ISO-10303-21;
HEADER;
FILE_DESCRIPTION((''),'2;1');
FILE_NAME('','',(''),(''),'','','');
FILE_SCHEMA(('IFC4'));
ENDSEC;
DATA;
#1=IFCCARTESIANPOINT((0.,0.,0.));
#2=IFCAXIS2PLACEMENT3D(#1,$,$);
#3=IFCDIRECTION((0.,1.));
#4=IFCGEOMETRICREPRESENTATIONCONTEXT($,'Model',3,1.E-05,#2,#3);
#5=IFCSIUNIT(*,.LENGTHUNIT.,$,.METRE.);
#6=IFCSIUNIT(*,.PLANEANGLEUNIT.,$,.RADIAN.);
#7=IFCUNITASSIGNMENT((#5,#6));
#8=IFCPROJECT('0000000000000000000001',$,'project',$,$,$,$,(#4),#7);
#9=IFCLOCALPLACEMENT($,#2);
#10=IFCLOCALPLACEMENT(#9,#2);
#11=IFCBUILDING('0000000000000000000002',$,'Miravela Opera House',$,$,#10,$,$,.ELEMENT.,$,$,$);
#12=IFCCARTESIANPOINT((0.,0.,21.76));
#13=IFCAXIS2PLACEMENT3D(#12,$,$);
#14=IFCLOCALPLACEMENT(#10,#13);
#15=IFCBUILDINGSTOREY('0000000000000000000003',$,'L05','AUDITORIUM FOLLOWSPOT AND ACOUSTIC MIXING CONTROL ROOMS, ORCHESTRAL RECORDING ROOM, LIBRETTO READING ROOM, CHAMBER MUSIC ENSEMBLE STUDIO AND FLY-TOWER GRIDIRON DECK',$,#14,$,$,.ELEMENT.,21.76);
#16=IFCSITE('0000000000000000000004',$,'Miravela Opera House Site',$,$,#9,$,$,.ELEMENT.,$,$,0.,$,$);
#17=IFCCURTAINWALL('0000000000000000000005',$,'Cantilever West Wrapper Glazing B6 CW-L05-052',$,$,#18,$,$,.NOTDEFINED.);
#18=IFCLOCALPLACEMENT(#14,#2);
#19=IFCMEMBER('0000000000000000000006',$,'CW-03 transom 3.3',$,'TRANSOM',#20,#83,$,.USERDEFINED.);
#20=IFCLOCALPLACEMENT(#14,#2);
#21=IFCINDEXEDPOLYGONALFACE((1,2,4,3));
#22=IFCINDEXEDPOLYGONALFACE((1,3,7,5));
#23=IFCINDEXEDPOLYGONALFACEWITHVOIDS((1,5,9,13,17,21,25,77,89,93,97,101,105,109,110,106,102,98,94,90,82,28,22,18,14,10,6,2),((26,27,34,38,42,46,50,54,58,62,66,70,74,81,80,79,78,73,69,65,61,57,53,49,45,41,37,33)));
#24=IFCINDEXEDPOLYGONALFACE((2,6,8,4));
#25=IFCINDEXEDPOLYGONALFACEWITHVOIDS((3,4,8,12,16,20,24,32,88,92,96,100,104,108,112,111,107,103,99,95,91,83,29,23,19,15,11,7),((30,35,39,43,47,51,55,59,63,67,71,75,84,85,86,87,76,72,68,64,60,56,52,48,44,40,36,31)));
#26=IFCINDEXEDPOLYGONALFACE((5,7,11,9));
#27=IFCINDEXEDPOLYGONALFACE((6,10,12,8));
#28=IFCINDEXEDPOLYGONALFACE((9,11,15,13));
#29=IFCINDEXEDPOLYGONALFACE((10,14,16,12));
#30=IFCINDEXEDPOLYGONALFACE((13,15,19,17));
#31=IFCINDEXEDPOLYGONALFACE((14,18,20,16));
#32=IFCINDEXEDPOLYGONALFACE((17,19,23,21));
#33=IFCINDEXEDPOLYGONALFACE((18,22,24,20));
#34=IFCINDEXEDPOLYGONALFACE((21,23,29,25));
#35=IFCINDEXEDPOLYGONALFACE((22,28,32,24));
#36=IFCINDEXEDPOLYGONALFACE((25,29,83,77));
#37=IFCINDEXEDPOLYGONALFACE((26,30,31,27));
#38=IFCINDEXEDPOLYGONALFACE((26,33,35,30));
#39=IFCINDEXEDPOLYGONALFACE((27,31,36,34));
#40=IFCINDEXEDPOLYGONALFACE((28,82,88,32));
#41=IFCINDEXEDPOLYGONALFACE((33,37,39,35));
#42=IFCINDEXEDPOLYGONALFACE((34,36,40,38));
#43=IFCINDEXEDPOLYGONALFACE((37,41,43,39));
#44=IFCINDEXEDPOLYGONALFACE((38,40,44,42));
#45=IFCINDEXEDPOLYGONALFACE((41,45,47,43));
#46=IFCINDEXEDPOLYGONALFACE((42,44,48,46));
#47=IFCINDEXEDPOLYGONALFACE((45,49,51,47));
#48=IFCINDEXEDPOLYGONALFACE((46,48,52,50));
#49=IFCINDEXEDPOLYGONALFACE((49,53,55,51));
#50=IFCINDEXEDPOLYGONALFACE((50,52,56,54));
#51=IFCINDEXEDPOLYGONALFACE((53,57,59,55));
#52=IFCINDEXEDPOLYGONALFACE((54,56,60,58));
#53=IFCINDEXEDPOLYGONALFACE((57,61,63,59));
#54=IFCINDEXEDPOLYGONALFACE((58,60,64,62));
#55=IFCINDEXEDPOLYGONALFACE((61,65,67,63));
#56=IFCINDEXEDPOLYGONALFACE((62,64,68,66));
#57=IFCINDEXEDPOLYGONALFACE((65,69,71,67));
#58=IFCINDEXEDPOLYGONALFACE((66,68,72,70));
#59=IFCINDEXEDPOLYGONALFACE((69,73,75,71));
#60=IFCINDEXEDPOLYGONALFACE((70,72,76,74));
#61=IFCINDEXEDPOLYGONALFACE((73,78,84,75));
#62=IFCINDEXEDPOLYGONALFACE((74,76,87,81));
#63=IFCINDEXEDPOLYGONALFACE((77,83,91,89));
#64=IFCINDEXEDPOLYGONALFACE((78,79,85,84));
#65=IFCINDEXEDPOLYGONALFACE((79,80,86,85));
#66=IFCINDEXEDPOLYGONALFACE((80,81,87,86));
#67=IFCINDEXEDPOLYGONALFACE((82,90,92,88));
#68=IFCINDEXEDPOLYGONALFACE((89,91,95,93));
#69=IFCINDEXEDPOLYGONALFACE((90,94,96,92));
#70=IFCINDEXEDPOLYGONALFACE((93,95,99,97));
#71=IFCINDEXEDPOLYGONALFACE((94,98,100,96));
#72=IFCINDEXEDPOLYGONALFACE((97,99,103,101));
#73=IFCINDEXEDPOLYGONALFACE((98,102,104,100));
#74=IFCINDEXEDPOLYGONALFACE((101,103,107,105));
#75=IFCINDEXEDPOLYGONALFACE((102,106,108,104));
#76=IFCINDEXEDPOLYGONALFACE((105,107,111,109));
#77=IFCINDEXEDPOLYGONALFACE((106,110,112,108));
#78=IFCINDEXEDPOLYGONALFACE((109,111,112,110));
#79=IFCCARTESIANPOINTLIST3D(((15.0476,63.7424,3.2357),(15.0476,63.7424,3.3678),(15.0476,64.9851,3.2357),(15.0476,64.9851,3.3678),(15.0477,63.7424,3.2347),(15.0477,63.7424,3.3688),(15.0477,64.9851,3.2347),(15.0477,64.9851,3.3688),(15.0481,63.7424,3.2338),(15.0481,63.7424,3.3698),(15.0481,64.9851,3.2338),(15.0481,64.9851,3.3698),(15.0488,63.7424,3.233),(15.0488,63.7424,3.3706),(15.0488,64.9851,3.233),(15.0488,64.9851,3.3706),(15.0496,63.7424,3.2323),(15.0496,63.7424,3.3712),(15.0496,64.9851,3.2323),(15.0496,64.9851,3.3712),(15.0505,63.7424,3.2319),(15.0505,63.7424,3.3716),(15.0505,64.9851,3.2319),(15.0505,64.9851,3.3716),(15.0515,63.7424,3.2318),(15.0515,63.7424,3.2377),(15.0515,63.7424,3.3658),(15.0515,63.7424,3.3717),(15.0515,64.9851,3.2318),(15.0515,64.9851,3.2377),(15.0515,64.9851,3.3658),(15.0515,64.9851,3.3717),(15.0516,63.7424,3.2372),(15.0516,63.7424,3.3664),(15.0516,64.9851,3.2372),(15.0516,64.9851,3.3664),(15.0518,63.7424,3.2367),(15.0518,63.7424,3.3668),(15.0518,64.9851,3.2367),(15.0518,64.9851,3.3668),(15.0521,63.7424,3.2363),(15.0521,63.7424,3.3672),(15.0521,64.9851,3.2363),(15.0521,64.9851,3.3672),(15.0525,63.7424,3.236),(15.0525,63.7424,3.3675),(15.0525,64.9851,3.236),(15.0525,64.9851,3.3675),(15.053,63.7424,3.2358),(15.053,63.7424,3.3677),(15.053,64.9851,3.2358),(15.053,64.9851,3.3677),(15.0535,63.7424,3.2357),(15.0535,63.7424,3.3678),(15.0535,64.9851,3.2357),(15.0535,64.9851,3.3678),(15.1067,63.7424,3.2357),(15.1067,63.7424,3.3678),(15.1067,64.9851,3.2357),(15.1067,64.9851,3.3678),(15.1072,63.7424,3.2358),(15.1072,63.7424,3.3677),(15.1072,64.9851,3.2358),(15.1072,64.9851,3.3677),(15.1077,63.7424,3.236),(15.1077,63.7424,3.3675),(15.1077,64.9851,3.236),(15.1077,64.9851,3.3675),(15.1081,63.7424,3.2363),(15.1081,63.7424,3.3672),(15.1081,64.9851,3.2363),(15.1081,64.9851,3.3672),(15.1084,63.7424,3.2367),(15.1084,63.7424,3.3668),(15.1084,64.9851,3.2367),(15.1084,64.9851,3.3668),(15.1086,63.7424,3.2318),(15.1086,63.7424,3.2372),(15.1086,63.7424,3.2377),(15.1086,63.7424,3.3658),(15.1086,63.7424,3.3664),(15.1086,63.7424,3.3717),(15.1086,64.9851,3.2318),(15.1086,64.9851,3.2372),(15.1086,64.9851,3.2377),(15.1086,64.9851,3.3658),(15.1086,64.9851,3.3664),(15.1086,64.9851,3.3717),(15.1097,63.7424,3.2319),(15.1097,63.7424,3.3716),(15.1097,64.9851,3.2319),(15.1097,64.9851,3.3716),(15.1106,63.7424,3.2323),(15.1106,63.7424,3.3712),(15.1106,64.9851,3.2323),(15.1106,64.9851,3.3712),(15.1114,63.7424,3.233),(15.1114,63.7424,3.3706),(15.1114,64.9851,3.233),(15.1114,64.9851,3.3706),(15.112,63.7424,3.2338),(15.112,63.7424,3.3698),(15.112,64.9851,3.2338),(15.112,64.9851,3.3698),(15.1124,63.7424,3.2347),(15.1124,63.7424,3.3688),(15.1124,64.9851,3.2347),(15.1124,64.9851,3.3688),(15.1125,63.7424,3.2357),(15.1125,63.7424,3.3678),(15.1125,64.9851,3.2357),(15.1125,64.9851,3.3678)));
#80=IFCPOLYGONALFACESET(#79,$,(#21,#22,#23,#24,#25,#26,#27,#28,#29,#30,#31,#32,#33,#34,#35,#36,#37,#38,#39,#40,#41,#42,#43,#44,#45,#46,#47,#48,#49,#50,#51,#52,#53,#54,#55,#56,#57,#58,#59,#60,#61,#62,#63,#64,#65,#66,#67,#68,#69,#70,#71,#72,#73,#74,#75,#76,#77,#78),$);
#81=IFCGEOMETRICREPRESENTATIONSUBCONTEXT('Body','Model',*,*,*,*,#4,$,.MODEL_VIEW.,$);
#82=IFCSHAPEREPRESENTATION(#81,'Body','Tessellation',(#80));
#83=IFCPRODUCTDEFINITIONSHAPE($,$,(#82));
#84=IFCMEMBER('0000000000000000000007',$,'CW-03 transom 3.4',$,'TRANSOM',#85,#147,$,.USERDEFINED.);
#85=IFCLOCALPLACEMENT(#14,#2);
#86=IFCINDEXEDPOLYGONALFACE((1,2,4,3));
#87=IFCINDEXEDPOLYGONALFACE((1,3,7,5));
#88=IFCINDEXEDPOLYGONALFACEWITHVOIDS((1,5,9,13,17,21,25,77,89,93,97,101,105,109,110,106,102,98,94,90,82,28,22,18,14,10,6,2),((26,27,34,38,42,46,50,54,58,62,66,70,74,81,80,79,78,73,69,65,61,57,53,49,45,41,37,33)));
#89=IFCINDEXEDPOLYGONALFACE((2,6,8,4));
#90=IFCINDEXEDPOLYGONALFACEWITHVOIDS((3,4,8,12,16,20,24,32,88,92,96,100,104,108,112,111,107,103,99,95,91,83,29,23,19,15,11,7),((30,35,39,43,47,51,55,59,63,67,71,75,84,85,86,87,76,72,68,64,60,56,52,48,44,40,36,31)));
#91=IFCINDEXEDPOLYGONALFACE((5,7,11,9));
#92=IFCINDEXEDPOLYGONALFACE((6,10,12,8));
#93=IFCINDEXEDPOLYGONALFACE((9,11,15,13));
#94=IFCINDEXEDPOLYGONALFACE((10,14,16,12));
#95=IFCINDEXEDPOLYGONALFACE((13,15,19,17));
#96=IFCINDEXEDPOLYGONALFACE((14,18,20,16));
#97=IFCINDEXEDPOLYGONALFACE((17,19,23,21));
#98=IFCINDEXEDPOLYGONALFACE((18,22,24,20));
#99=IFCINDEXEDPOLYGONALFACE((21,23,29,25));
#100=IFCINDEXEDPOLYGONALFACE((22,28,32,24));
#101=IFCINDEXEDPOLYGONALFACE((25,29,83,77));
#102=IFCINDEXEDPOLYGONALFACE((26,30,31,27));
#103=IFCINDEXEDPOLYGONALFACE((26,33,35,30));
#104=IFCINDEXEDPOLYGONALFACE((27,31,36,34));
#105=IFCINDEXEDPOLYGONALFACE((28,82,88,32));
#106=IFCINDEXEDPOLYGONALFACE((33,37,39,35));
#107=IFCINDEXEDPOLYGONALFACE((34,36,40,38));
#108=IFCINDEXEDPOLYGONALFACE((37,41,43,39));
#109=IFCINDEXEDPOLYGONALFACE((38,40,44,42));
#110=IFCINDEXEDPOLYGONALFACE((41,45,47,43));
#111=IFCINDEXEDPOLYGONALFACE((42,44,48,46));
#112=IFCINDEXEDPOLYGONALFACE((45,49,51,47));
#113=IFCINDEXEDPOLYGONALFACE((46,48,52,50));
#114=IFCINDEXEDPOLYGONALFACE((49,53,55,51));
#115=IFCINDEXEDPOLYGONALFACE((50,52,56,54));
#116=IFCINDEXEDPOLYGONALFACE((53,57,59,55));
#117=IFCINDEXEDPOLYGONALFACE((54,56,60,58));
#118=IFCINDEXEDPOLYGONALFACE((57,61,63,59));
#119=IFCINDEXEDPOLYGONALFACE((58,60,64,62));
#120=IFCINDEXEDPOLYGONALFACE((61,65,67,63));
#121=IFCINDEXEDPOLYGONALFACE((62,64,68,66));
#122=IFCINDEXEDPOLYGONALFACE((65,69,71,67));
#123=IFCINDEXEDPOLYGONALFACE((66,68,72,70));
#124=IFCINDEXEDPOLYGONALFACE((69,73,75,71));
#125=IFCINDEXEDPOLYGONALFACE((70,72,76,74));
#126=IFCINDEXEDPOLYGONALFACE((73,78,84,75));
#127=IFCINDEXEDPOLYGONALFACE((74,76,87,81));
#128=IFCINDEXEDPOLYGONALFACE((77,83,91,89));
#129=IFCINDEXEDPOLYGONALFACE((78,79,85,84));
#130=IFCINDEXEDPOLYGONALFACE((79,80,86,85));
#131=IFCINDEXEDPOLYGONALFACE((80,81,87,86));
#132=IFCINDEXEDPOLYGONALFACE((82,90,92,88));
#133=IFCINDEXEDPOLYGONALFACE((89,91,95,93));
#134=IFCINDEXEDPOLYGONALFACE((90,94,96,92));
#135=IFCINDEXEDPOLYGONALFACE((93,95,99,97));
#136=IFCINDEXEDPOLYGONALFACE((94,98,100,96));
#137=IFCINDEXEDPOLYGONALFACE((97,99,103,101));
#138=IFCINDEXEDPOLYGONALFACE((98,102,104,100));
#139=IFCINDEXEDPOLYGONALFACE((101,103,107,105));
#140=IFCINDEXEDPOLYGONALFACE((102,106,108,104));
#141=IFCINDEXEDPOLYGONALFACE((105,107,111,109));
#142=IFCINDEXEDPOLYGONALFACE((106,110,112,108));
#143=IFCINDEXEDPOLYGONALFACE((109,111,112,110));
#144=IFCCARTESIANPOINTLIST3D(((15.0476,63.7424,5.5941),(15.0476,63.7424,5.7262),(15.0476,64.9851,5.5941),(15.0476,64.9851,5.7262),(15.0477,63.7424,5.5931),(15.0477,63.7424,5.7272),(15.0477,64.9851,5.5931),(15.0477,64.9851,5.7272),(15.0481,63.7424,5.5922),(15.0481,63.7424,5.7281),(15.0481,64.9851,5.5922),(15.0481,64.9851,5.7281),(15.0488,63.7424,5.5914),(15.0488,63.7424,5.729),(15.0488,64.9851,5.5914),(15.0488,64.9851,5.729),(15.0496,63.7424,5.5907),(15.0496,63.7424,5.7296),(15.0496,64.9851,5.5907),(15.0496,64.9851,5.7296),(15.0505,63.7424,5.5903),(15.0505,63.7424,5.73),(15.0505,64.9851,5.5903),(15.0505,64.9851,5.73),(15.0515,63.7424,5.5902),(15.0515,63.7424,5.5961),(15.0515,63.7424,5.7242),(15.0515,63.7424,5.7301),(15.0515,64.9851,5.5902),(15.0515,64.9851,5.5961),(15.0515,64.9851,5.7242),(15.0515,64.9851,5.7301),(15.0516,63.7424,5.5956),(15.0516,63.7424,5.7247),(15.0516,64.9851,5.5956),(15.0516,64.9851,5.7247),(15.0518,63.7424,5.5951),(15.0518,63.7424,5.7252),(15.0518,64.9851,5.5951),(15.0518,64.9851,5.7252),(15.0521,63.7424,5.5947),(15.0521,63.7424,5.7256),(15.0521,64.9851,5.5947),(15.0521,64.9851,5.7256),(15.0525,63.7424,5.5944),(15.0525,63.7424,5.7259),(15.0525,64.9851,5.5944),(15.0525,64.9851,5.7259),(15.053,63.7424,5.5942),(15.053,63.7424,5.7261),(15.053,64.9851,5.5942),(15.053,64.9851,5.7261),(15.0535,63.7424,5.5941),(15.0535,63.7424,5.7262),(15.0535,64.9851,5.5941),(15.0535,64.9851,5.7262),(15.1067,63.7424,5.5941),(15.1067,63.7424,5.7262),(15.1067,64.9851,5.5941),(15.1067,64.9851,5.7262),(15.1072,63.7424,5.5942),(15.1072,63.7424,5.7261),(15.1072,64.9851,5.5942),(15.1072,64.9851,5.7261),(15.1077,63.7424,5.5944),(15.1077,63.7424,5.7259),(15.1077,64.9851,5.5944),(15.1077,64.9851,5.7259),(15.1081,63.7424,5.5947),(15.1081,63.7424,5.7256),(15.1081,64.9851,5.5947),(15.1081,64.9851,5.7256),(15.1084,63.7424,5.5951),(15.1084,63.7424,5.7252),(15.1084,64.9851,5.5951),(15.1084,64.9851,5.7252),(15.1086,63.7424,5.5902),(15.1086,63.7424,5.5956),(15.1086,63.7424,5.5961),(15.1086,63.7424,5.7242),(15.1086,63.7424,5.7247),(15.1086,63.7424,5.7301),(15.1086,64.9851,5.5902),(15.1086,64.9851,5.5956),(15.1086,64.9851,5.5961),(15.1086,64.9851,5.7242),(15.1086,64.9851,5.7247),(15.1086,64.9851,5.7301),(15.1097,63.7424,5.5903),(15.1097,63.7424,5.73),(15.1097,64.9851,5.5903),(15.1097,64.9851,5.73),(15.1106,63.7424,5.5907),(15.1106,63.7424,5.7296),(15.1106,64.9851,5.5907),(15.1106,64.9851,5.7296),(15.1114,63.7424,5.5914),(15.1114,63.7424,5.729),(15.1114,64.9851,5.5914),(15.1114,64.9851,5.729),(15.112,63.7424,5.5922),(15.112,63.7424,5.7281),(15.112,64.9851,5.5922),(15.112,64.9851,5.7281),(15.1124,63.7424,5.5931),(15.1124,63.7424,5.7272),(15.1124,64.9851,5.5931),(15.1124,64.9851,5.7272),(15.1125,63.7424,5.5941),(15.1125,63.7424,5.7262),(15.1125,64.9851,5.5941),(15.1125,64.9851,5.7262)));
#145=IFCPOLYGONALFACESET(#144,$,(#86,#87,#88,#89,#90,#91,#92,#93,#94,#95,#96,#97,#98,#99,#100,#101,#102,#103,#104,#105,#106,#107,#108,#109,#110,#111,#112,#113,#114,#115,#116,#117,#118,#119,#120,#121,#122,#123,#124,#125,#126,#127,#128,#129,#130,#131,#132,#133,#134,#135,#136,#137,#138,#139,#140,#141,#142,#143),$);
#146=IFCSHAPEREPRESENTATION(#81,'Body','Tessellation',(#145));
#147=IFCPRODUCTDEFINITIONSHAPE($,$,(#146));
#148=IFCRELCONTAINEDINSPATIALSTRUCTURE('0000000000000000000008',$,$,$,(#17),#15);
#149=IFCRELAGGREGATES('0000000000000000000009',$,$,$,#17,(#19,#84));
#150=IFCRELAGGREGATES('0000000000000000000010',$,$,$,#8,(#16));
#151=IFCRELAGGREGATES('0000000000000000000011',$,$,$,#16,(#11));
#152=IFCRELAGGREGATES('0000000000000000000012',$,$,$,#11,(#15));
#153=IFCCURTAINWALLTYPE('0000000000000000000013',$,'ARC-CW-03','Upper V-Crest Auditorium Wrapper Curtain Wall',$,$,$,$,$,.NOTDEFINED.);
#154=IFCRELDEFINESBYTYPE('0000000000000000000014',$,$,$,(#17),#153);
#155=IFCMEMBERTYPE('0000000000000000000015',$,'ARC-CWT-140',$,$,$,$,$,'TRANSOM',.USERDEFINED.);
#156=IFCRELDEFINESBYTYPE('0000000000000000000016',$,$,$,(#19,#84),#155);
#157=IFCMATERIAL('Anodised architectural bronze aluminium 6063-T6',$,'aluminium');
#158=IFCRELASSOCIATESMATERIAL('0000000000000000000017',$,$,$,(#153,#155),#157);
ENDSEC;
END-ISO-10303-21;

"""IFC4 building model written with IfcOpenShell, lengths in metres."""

from ifc_helpers import new_model, si_unit, direction, frame, origin, origin_2d, place, context, subcontext, project, spatial, hollow_rectangle, extrude, material, material_profile, profile_set, type_object, element, aggregate, save


model = new_model("IFC4")

# Units and contexts
model_context = context("Model", 3, precision=1e-05, world=origin(), true_north=direction((0.0, 1.0)))
body_context = subcontext(model_context, "Body", "Model", "MODEL_VIEW")
ifc_project = project(units=[si_unit("LENGTHUNIT", "METRE"), si_unit("PLANEANGLEUNIT", "RADIAN")], contexts=[model_context])

# Site, building, storey
site_placement = place(None, origin())
site = spatial("IfcSite", under=ifc_project, at=site_placement, Name="Miravela Opera House Site", CompositionType="ELEMENT", RefElevation=0.0)
building_placement = place(site_placement, origin())
building = spatial("IfcBuilding", under=site, at=building_placement, Name="Miravela Opera House", CompositionType="ELEMENT")
storey_placement = place(building_placement, frame((0.0, 0.0, 21.76)))
storey = spatial("IfcBuildingStorey", under=building, at=storey_placement, Name="L05", Description="AUDITORIUM FOLLOWSPOT AND ACOUSTIC MIXING CONTROL ROOMS, ORCHESTRAL RECORDING ROOM, LIBRETTO READING ROOM, CHAMBER MUSIC ENSEMBLE STUDIO AND FLY-TOWER GRIDIRON DECK", CompositionType="ELEMENT", Elevation=21.76)

# Curtain wall, members
ifc_material_1 = material(Name="Anodised architectural bronze aluminium 6063-T6", Category="aluminium")
curtain_wall_type = type_object("IfcCurtainWallType", Name="ARC-CW-03", Description="Upper V-Crest Auditorium Wrapper Curtain Wall", PredefinedType="NOTDEFINED", material=ifc_material_1)
curtain_wall_1_placement = place(storey_placement, origin())
curtain_wall_1 = element("IfcCurtainWall", 1, at=curtain_wall_1_placement, inside=storey, type_object=curtain_wall_type, Name="Cantilever West Wrapper Glazing B6 CW-L05-052", PredefinedType="NOTDEFINED")
ifc_material_profile_1 = material_profile(ifc_material_1, hollow_rectangle(XDim=0.0649, YDim=0.1399, WallThickness=0.0039, InnerFilletRadius=0.002, OuterFilletRadius=0.0039, at=origin_2d()), Name="CWT-65X140")
ifc_profile_set_1 = profile_set([ifc_material_profile_1])
member_type_1 = type_object("IfcMemberType", Name="ARC-CWT-140", ElementType="TRANSOM", PredefinedType="USERDEFINED", material=ifc_profile_set_1)
member_1_placement = place(storey_placement, frame((15.0801, 63.7424, 3.3018), z_axis=(0.0, 1.0, 0.0), x_axis=(-1.0, 0.0, 0.0)))
member_1 = element("IfcMember", 2, at=member_1_placement, type_object=member_type_1, Name="CW-03 transom 3.3", ObjectType="TRANSOM", PredefinedType="USERDEFINED", context=body_context, shape_type="SweptSolid", body=[
    extrude(hollow_rectangle(XDim=0.0649, YDim=0.1399, WallThickness=0.0039, InnerFilletRadius=0.002, OuterFilletRadius=0.0039, at=origin_2d()), origin(), (0.0, 0.0, 1.0), 1.2427),
])
member_2_placement = place(storey_placement, frame((15.0801, 63.7424, 5.6602), z_axis=(0.0, 1.0, 0.0), x_axis=(-1.0, 0.0, 0.0)))
member_2 = element("IfcMember", 3, at=member_2_placement, type_object=member_type_1, Name="CW-03 transom 3.4", ObjectType="TRANSOM", PredefinedType="USERDEFINED", context=body_context, shape_type="SweptSolid", body=[
    extrude(hollow_rectangle(XDim=0.0649, YDim=0.1399, WallThickness=0.0039, InnerFilletRadius=0.002, OuterFilletRadius=0.0039, at=origin_2d()), origin(), (0.0, 0.0, 1.0), 1.2427),
])

aggregate(curtain_wall_1, [member_1, member_2])

save(model, "model.ifc")
